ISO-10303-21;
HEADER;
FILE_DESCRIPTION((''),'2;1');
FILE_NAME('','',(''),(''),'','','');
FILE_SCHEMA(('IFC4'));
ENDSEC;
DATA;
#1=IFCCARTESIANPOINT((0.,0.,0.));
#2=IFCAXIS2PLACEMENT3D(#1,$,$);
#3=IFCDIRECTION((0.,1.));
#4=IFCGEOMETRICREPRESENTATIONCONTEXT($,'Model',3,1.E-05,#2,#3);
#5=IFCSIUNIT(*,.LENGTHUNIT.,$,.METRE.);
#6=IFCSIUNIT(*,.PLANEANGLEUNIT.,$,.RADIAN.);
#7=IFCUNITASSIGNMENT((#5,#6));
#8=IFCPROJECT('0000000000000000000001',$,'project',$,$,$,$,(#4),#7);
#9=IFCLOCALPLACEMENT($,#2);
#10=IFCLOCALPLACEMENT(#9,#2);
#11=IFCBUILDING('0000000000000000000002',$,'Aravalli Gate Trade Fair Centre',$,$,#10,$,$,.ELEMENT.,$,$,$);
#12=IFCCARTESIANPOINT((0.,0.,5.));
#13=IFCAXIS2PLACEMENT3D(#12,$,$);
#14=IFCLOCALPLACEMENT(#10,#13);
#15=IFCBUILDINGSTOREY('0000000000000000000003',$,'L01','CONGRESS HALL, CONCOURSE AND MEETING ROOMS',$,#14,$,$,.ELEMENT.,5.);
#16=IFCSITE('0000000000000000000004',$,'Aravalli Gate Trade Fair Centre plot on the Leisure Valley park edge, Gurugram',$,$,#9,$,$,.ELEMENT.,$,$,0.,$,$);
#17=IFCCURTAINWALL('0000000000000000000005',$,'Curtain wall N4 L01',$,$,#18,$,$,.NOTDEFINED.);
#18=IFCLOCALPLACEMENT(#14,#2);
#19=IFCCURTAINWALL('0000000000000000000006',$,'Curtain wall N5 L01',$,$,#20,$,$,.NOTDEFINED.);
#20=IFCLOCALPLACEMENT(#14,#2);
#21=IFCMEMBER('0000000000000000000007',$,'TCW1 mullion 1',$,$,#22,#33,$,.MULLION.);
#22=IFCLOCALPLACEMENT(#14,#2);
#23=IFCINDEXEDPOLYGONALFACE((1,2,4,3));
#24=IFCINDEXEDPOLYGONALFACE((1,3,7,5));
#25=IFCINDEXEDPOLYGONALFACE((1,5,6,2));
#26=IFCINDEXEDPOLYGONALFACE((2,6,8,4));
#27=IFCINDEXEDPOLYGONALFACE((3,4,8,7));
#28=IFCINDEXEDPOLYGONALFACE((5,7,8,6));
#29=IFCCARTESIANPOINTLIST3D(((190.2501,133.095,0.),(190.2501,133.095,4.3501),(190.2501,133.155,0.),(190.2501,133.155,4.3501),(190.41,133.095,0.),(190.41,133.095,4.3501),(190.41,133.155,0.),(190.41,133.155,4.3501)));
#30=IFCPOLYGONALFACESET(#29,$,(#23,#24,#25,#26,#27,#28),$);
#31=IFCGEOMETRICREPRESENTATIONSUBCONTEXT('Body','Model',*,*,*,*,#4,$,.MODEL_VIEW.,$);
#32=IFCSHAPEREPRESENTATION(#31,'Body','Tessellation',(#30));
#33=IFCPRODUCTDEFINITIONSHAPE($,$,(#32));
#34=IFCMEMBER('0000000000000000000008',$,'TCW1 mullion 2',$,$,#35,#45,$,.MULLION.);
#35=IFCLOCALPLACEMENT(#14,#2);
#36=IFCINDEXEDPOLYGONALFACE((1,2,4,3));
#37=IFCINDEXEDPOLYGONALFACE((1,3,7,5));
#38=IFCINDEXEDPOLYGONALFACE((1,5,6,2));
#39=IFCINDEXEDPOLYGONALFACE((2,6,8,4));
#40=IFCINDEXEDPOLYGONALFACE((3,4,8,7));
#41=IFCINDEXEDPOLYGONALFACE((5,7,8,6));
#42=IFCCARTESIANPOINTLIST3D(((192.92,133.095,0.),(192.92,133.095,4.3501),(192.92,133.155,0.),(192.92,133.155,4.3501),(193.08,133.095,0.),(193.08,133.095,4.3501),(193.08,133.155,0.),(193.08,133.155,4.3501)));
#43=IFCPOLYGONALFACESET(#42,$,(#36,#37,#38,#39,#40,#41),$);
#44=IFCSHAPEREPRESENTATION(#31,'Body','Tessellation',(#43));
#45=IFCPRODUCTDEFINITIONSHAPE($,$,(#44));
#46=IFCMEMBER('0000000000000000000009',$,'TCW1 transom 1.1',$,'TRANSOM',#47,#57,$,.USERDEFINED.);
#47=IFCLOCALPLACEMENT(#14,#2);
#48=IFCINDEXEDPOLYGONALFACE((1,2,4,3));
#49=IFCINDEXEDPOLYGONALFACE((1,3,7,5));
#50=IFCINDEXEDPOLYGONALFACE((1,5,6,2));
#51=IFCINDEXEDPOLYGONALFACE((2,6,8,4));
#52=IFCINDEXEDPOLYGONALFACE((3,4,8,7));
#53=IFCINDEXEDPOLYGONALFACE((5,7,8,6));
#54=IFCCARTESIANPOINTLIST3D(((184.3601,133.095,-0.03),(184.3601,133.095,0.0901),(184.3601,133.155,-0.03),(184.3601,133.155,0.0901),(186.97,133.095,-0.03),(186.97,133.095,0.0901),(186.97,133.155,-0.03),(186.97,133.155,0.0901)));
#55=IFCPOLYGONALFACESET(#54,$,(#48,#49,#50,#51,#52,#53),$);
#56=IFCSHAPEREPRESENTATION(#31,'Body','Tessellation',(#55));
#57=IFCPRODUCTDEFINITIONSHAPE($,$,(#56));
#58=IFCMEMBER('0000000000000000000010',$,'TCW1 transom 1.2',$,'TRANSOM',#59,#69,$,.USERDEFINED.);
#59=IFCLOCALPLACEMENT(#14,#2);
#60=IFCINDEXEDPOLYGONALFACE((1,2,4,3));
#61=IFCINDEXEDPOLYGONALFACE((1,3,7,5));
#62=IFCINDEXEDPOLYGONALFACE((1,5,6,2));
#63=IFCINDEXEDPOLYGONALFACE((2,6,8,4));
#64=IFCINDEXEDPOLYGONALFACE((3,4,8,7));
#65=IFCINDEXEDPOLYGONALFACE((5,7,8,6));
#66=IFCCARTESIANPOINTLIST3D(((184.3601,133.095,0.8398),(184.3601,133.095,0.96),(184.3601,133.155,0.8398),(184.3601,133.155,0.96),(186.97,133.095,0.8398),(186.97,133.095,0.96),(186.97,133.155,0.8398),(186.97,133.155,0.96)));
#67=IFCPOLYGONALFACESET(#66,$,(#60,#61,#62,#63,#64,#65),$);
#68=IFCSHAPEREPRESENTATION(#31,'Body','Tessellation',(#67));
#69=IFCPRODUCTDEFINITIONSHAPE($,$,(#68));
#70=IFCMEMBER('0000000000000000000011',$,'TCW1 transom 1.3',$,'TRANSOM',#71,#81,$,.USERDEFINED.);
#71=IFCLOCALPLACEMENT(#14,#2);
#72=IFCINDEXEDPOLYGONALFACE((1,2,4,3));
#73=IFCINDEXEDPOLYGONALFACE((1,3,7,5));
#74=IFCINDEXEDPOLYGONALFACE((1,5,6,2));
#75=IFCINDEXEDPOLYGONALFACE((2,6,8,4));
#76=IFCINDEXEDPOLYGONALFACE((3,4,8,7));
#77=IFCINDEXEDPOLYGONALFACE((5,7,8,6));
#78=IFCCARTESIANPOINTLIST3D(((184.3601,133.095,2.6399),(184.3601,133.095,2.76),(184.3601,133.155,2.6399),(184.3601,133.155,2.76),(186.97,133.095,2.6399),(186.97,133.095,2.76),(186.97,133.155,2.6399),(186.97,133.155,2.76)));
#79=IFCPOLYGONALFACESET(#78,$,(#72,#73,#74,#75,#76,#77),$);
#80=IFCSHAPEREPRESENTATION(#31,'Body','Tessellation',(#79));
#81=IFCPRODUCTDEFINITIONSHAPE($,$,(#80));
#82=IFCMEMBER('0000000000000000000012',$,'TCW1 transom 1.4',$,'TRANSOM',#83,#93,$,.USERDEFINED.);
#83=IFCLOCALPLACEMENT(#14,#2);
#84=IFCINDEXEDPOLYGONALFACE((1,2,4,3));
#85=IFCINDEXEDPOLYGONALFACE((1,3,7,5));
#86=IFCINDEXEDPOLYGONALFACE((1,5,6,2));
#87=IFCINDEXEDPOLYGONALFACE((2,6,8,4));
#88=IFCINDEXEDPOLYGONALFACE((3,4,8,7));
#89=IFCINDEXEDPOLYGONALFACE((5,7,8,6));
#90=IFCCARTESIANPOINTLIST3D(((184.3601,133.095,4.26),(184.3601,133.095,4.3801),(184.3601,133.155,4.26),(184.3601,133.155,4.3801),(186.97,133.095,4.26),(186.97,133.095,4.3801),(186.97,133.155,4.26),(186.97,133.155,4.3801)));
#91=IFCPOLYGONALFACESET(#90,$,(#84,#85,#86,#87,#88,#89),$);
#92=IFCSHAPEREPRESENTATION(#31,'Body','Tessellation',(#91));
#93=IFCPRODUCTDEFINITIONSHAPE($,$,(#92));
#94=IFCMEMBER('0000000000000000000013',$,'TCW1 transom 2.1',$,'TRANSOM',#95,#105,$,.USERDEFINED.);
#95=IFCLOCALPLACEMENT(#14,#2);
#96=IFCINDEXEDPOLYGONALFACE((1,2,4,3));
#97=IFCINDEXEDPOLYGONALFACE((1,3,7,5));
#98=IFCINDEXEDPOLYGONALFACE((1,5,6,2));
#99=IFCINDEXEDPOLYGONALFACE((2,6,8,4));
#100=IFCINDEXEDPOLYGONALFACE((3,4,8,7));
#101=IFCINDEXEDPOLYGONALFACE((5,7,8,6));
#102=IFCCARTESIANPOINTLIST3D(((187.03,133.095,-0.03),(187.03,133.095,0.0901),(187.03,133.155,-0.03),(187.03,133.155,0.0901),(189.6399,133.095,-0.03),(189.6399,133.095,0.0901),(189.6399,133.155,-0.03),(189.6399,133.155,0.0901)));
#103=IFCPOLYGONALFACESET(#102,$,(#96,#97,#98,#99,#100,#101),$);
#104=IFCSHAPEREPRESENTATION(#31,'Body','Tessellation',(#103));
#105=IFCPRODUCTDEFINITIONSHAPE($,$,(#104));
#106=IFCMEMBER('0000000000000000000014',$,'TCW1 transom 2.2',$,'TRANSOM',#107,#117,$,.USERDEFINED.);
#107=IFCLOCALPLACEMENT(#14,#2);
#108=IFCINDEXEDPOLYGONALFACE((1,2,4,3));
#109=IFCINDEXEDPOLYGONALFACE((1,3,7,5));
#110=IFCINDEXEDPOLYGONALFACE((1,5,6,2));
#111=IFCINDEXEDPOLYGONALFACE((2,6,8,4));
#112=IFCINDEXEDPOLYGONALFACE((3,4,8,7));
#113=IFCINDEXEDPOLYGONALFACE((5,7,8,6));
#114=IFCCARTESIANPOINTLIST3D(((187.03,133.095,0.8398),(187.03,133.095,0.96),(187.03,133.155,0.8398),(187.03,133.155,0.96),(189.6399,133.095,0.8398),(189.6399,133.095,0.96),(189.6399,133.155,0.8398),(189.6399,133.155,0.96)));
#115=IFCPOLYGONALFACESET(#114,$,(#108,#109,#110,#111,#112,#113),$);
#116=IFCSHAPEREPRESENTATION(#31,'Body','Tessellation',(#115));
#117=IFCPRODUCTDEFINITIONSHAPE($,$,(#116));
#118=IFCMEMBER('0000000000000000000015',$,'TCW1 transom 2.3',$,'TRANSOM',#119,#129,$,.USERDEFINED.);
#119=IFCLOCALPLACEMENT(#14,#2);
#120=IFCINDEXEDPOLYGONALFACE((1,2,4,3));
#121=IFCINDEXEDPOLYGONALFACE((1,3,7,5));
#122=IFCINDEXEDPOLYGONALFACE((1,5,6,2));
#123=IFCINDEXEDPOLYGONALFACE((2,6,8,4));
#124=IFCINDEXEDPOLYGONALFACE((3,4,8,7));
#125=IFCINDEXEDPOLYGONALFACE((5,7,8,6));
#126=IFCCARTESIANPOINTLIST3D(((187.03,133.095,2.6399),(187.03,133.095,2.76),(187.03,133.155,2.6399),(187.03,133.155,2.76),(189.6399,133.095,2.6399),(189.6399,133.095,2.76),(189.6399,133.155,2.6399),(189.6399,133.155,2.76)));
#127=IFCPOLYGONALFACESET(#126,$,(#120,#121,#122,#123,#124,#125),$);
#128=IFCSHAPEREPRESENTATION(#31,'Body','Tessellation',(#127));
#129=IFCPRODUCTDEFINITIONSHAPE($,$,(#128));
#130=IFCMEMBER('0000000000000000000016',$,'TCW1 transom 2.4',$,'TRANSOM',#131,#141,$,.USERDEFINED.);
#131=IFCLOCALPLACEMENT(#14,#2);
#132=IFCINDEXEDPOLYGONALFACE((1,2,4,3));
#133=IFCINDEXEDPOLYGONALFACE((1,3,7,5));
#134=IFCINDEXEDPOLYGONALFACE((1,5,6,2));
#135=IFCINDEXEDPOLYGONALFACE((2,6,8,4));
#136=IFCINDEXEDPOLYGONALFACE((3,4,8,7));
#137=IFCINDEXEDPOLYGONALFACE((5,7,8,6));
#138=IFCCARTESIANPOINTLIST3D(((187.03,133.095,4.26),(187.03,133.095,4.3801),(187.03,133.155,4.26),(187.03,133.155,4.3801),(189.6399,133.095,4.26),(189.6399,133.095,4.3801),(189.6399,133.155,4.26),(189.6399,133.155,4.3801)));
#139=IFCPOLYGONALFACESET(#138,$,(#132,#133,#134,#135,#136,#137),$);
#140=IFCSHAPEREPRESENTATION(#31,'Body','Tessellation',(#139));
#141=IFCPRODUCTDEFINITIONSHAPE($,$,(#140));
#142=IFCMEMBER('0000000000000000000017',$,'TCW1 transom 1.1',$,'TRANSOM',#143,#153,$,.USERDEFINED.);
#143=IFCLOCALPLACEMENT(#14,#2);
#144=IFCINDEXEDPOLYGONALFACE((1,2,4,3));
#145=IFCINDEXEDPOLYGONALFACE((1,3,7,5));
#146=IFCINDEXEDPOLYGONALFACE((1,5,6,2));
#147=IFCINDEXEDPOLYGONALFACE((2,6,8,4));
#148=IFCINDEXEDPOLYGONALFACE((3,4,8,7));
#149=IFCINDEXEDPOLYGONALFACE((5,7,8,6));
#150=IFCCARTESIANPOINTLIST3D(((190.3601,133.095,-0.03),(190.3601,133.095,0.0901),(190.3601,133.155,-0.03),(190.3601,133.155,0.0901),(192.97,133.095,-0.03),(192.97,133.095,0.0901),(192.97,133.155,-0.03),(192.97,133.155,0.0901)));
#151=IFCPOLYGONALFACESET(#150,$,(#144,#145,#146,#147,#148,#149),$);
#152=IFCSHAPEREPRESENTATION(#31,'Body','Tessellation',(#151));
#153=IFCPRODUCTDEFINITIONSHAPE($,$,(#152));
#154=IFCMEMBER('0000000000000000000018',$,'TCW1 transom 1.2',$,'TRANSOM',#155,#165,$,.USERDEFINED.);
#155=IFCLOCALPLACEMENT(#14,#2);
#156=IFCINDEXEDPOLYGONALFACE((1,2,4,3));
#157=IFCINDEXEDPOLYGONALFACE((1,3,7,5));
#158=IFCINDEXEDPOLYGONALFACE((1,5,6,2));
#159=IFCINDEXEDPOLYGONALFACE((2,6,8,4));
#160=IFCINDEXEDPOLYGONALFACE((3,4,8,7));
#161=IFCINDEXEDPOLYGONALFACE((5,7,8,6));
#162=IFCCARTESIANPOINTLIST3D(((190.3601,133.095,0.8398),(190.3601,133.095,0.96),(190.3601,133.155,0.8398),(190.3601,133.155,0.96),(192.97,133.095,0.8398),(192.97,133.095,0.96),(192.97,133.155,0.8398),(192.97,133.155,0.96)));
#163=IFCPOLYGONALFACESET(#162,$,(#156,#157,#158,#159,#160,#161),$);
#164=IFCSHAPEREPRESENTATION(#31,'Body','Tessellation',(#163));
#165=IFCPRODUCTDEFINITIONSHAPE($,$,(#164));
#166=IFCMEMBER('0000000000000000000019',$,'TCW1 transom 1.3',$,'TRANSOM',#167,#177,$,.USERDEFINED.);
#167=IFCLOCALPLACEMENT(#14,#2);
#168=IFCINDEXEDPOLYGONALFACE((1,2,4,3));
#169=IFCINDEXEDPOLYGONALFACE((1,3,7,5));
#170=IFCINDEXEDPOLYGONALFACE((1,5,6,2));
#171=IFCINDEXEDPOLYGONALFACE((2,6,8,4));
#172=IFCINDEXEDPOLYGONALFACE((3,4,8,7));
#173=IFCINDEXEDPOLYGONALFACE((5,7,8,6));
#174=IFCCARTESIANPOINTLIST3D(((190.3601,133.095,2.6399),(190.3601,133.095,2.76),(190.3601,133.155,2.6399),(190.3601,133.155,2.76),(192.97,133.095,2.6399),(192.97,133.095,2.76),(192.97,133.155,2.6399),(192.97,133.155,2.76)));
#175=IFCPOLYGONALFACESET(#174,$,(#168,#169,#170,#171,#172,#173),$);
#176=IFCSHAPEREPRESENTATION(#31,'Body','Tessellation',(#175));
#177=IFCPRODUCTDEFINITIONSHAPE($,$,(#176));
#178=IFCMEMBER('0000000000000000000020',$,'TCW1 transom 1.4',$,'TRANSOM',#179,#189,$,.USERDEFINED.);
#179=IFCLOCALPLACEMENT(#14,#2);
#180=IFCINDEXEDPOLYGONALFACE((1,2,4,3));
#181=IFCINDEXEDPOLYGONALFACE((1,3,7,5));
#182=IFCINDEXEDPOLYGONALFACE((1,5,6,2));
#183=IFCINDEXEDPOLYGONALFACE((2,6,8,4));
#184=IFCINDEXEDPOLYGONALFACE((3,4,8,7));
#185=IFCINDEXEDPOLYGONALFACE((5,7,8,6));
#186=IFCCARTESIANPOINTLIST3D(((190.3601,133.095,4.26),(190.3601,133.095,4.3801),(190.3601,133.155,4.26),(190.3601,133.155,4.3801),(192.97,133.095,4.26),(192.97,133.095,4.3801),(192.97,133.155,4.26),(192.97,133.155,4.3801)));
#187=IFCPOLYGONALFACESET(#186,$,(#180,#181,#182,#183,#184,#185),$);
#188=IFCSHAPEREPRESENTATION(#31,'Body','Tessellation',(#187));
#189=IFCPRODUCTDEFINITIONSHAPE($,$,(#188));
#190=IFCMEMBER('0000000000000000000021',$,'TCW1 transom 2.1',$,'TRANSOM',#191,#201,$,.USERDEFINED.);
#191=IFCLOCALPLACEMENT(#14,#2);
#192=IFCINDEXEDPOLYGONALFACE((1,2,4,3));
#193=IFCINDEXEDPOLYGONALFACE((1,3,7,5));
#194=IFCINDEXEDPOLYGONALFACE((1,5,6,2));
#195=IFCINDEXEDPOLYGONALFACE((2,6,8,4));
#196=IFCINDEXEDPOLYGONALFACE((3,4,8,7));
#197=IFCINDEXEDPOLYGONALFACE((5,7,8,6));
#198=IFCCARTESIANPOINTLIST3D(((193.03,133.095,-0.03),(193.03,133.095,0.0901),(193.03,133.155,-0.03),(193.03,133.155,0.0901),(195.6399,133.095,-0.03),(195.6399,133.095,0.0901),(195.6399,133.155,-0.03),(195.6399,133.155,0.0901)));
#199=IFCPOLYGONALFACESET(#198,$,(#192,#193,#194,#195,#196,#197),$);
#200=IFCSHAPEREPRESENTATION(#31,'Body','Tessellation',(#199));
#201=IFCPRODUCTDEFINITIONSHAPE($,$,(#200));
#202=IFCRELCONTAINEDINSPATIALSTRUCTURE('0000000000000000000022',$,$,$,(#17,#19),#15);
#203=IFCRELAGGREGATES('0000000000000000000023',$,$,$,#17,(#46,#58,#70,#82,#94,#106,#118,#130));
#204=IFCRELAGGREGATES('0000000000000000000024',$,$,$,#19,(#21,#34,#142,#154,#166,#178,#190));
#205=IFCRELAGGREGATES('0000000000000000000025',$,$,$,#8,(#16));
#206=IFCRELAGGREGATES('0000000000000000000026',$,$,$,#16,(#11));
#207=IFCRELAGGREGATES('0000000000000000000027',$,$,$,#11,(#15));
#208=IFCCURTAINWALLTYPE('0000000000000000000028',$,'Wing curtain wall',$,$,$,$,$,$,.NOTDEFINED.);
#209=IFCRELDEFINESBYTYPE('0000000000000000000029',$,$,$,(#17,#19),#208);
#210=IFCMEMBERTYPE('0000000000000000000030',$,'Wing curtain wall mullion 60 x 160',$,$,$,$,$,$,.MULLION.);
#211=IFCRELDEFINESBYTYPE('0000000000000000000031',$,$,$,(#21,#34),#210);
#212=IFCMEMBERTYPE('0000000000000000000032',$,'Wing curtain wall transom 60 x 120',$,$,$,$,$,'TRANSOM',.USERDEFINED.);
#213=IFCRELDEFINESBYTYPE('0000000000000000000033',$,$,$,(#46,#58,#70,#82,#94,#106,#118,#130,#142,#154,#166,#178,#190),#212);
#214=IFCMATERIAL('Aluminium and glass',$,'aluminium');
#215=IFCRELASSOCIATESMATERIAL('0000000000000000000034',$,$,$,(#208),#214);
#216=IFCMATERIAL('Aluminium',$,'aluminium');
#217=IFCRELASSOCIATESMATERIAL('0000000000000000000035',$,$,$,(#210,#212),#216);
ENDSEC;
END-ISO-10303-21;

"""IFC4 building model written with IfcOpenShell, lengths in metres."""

from ifc_helpers import new_model, si_unit, direction, frame, origin, origin_2d, place, context, subcontext, project, spatial, rectangle, extrude, material, material_profile, profile_set, type_object, element, aggregate, save


model = new_model("IFC4")

# Units and contexts
model_context = context("Model", 3, precision=1e-05, world=origin(), true_north=direction((0.0, 1.0)))
body_context = subcontext(model_context, "Body", "Model", "MODEL_VIEW")
ifc_project = project(units=[si_unit("LENGTHUNIT", "METRE"), si_unit("PLANEANGLEUNIT", "RADIAN")], contexts=[model_context])

# Site, building, storey
site_placement = place(None, origin())
site = spatial("IfcSite", under=ifc_project, at=site_placement, Name="Aravalli Gate Trade Fair Centre plot on the Leisure Valley park edge, Gurugram", CompositionType="ELEMENT", RefElevation=0.0)
building_placement = place(site_placement, origin())
building = spatial("IfcBuilding", under=site, at=building_placement, Name="Aravalli Gate Trade Fair Centre", CompositionType="ELEMENT")
storey_placement = place(building_placement, frame((0.0, 0.0, 5.0)))
storey = spatial("IfcBuildingStorey", under=building, at=storey_placement, Name="L01", Description="CONGRESS HALL, CONCOURSE AND MEETING ROOMS", CompositionType="ELEMENT", Elevation=5.0)

# Shared definitions
ifc_material_1 = material(Name="Aluminium and glass", Category="aluminium")
curtain_wall_type = type_object("IfcCurtainWallType", Name="Wing curtain wall", PredefinedType="NOTDEFINED", material=ifc_material_1)
ifc_material_2 = material(Name="Aluminium", Category="aluminium")
ifc_material_profile_1 = material_profile(ifc_material_2, rectangle(XDim=0.0601, YDim=0.1599, at=origin_2d()), Name="Wing curtain wall mullion 60 x 160")
ifc_profile_set_1 = profile_set([ifc_material_profile_1], Name="Aluminium")
member_type_1 = type_object("IfcMemberType", Name="Wing curtain wall mullion 60 x 160", PredefinedType="MULLION", material=ifc_profile_set_1)

# Curtain walls, members
curtain_wall_1_placement = place(storey_placement, origin())
curtain_wall_1 = element("IfcCurtainWall", 1, at=curtain_wall_1_placement, inside=storey, type_object=curtain_wall_type, Name="Curtain wall N4 L01", PredefinedType="NOTDEFINED")
curtain_wall_2_placement = place(storey_placement, origin())
curtain_wall_2 = element("IfcCurtainWall", 2, at=curtain_wall_2_placement, inside=storey, type_object=curtain_wall_type, Name="Curtain wall N5 L01", PredefinedType="NOTDEFINED")
member_1_placement = place(storey_placement, frame((190.3301, 133.125, 0.0), z_axis=(0.0, 0.0, 1.0), x_axis=(0.0, 1.0, 0.0)))
member_1 = element("IfcMember", 3, at=member_1_placement, type_object=member_type_1, Name="TCW1 mullion 1", PredefinedType="MULLION", context=body_context, shape_type="SweptSolid", body=[
    extrude(rectangle(XDim=0.0601, YDim=0.1599, at=origin_2d()), origin(), (0.0, 0.0, 1.0), 4.3501),
])
member_2_placement = place(storey_placement, frame((193.0, 133.125, 0.0), z_axis=(0.0, 0.0, 1.0), x_axis=(0.0, 1.0, 0.0)))
member_2 = element("IfcMember", 4, at=member_2_placement, type_object=member_type_1, Name="TCW1 mullion 2", PredefinedType="MULLION", context=body_context, shape_type="SweptSolid", body=[
    extrude(rectangle(XDim=0.0601, YDim=0.1599, at=origin_2d()), origin(), (0.0, 0.0, 1.0), 4.3501),
])

# Members
ifc_material_profile_2 = material_profile(ifc_material_2, rectangle(XDim=0.0601, YDim=0.1201, at=origin_2d()), Name="Wing curtain wall transom 60 x 120")
ifc_profile_set_2 = profile_set([ifc_material_profile_2], Name="Aluminium")
member_type_2 = type_object("IfcMemberType", Name="Wing curtain wall transom 60 x 120", ElementType="TRANSOM", PredefinedType="USERDEFINED", material=ifc_profile_set_2)
member_3_placement = place(storey_placement, frame((184.3601, 133.125, 0.03), z_axis=(1.0, 0.0, 0.0), x_axis=(0.0, 1.0, 0.0)))
member_3 = element("IfcMember", 5, at=member_3_placement, type_object=member_type_2, Name="TCW1 transom 1.1", ObjectType="TRANSOM", PredefinedType="USERDEFINED", context=body_context, shape_type="SweptSolid", body=[
    extrude(rectangle(XDim=0.0601, YDim=0.1201, at=origin_2d()), origin(), (0.0, 0.0, 1.0), 2.6099),
])
member_4_placement = place(storey_placement, frame((184.3601, 133.125, 0.8999), z_axis=(1.0, 0.0, 0.0), x_axis=(0.0, 1.0, 0.0)))
member_4 = element("IfcMember", 6, at=member_4_placement, type_object=member_type_2, Name="TCW1 transom 1.2", ObjectType="TRANSOM", PredefinedType="USERDEFINED", context=body_context, shape_type="SweptSolid", body=[
    extrude(rectangle(XDim=0.0601, YDim=0.1201, at=origin_2d()), origin(), (0.0, 0.0, 1.0), 2.6099),
])
member_5_placement = place(storey_placement, frame((184.3601, 133.125, 2.7), z_axis=(1.0, 0.0, 0.0), x_axis=(0.0, 1.0, 0.0)))
member_5 = element("IfcMember", 7, at=member_5_placement, type_object=member_type_2, Name="TCW1 transom 1.3", ObjectType="TRANSOM", PredefinedType="USERDEFINED", context=body_context, shape_type="SweptSolid", body=[
    extrude(rectangle(XDim=0.0601, YDim=0.1201, at=origin_2d()), origin(), (0.0, 0.0, 1.0), 2.6099),
])
member_6_placement = place(storey_placement, frame((184.3601, 133.125, 4.3201), z_axis=(1.0, 0.0, 0.0), x_axis=(0.0, 1.0, 0.0)))
member_6 = element("IfcMember", 8, at=member_6_placement, type_object=member_type_2, Name="TCW1 transom 1.4", ObjectType="TRANSOM", PredefinedType="USERDEFINED", context=body_context, shape_type="SweptSolid", body=[
    extrude(rectangle(XDim=0.0601, YDim=0.1201, at=origin_2d()), origin(), (0.0, 0.0, 1.0), 2.6099),
])
member_7_placement = place(storey_placement, frame((187.03, 133.125, 0.03), z_axis=(1.0, 0.0, 0.0), x_axis=(0.0, 1.0, 0.0)))
member_7 = element("IfcMember", 9, at=member_7_placement, type_object=member_type_2, Name="TCW1 transom 2.1", ObjectType="TRANSOM", PredefinedType="USERDEFINED", context=body_context, shape_type="SweptSolid", body=[
    extrude(rectangle(XDim=0.0601, YDim=0.1201, at=origin_2d()), origin(), (0.0, 0.0, 1.0), 2.6099),
])
member_8_placement = place(storey_placement, frame((187.03, 133.125, 0.8999), z_axis=(1.0, 0.0, 0.0), x_axis=(0.0, 1.0, 0.0)))
member_8 = element("IfcMember", 10, at=member_8_placement, type_object=member_type_2, Name="TCW1 transom 2.2", ObjectType="TRANSOM", PredefinedType="USERDEFINED", context=body_context, shape_type="SweptSolid", body=[
    extrude(rectangle(XDim=0.0601, YDim=0.1201, at=origin_2d()), origin(), (0.0, 0.0, 1.0), 2.6099),
])
member_9_placement = place(storey_placement, frame((187.03, 133.125, 2.7), z_axis=(1.0, 0.0, 0.0), x_axis=(0.0, 1.0, 0.0)))
member_9 = element("IfcMember", 11, at=member_9_placement, type_object=member_type_2, Name="TCW1 transom 2.3", ObjectType="TRANSOM", PredefinedType="USERDEFINED", context=body_context, shape_type="SweptSolid", body=[
    extrude(rectangle(XDim=0.0601, YDim=0.1201, at=origin_2d()), origin(), (0.0, 0.0, 1.0), 2.6099),
])
member_10_placement = place(storey_placement, frame((187.03, 133.125, 4.3201), z_axis=(1.0, 0.0, 0.0), x_axis=(0.0, 1.0, 0.0)))
member_10 = element("IfcMember", 12, at=member_10_placement, type_object=member_type_2, Name="TCW1 transom 2.4", ObjectType="TRANSOM", PredefinedType="USERDEFINED", context=body_context, shape_type="SweptSolid", body=[
    extrude(rectangle(XDim=0.0601, YDim=0.1201, at=origin_2d()), origin(), (0.0, 0.0, 1.0), 2.6099),
])
member_11_placement = place(storey_placement, frame((190.3601, 133.125, 0.03), z_axis=(1.0, 0.0, 0.0), x_axis=(0.0, 1.0, 0.0)))
member_11 = element("IfcMember", 13, at=member_11_placement, type_object=member_type_2, Name="TCW1 transom 1.1", ObjectType="TRANSOM", PredefinedType="USERDEFINED", context=body_context, shape_type="SweptSolid", body=[
    extrude(rectangle(XDim=0.0601, YDim=0.1201, at=origin_2d()), origin(), (0.0, 0.0, 1.0), 2.6099),
])
member_12_placement = place(storey_placement, frame((190.3601, 133.125, 0.8999), z_axis=(1.0, 0.0, 0.0), x_axis=(0.0, 1.0, 0.0)))
member_12 = element("IfcMember", 14, at=member_12_placement, type_object=member_type_2, Name="TCW1 transom 1.2", ObjectType="TRANSOM", PredefinedType="USERDEFINED", context=body_context, shape_type="SweptSolid", body=[
    extrude(rectangle(XDim=0.0601, YDim=0.1201, at=origin_2d()), origin(), (0.0, 0.0, 1.0), 2.6099),
])
member_13_placement = place(storey_placement, frame((190.3601, 133.125, 2.7), z_axis=(1.0, 0.0, 0.0), x_axis=(0.0, 1.0, 0.0)))
member_13 = element("IfcMember", 15, at=member_13_placement, type_object=member_type_2, Name="TCW1 transom 1.3", ObjectType="TRANSOM", PredefinedType="USERDEFINED", context=body_context, shape_type="SweptSolid", body=[
    extrude(rectangle(XDim=0.0601, YDim=0.1201, at=origin_2d()), origin(), (0.0, 0.0, 1.0), 2.6099),
])
member_14_placement = place(storey_placement, frame((190.3601, 133.125, 4.3201), z_axis=(1.0, 0.0, 0.0), x_axis=(0.0, 1.0, 0.0)))
member_14 = element("IfcMember", 16, at=member_14_placement, type_object=member_type_2, Name="TCW1 transom 1.4", ObjectType="TRANSOM", PredefinedType="USERDEFINED", context=body_context, shape_type="SweptSolid", body=[
    extrude(rectangle(XDim=0.0601, YDim=0.1201, at=origin_2d()), origin(), (0.0, 0.0, 1.0), 2.6099),
])
member_15_placement = place(storey_placement, frame((193.03, 133.125, 0.03), z_axis=(1.0, 0.0, 0.0), x_axis=(0.0, 1.0, 0.0)))
member_15 = element("IfcMember", 17, at=member_15_placement, type_object=member_type_2, Name="TCW1 transom 2.1", ObjectType="TRANSOM", PredefinedType="USERDEFINED", context=body_context, shape_type="SweptSolid", body=[
    extrude(rectangle(XDim=0.0601, YDim=0.1201, at=origin_2d()), origin(), (0.0, 0.0, 1.0), 2.6099),
])

aggregate(curtain_wall_1, [member_3, member_4, member_5, member_6, member_7, member_8, member_9, member_10])
aggregate(curtain_wall_2, [member_1, member_2, member_11, member_12, member_13, member_14, member_15])

save(model, "model.ifc")
